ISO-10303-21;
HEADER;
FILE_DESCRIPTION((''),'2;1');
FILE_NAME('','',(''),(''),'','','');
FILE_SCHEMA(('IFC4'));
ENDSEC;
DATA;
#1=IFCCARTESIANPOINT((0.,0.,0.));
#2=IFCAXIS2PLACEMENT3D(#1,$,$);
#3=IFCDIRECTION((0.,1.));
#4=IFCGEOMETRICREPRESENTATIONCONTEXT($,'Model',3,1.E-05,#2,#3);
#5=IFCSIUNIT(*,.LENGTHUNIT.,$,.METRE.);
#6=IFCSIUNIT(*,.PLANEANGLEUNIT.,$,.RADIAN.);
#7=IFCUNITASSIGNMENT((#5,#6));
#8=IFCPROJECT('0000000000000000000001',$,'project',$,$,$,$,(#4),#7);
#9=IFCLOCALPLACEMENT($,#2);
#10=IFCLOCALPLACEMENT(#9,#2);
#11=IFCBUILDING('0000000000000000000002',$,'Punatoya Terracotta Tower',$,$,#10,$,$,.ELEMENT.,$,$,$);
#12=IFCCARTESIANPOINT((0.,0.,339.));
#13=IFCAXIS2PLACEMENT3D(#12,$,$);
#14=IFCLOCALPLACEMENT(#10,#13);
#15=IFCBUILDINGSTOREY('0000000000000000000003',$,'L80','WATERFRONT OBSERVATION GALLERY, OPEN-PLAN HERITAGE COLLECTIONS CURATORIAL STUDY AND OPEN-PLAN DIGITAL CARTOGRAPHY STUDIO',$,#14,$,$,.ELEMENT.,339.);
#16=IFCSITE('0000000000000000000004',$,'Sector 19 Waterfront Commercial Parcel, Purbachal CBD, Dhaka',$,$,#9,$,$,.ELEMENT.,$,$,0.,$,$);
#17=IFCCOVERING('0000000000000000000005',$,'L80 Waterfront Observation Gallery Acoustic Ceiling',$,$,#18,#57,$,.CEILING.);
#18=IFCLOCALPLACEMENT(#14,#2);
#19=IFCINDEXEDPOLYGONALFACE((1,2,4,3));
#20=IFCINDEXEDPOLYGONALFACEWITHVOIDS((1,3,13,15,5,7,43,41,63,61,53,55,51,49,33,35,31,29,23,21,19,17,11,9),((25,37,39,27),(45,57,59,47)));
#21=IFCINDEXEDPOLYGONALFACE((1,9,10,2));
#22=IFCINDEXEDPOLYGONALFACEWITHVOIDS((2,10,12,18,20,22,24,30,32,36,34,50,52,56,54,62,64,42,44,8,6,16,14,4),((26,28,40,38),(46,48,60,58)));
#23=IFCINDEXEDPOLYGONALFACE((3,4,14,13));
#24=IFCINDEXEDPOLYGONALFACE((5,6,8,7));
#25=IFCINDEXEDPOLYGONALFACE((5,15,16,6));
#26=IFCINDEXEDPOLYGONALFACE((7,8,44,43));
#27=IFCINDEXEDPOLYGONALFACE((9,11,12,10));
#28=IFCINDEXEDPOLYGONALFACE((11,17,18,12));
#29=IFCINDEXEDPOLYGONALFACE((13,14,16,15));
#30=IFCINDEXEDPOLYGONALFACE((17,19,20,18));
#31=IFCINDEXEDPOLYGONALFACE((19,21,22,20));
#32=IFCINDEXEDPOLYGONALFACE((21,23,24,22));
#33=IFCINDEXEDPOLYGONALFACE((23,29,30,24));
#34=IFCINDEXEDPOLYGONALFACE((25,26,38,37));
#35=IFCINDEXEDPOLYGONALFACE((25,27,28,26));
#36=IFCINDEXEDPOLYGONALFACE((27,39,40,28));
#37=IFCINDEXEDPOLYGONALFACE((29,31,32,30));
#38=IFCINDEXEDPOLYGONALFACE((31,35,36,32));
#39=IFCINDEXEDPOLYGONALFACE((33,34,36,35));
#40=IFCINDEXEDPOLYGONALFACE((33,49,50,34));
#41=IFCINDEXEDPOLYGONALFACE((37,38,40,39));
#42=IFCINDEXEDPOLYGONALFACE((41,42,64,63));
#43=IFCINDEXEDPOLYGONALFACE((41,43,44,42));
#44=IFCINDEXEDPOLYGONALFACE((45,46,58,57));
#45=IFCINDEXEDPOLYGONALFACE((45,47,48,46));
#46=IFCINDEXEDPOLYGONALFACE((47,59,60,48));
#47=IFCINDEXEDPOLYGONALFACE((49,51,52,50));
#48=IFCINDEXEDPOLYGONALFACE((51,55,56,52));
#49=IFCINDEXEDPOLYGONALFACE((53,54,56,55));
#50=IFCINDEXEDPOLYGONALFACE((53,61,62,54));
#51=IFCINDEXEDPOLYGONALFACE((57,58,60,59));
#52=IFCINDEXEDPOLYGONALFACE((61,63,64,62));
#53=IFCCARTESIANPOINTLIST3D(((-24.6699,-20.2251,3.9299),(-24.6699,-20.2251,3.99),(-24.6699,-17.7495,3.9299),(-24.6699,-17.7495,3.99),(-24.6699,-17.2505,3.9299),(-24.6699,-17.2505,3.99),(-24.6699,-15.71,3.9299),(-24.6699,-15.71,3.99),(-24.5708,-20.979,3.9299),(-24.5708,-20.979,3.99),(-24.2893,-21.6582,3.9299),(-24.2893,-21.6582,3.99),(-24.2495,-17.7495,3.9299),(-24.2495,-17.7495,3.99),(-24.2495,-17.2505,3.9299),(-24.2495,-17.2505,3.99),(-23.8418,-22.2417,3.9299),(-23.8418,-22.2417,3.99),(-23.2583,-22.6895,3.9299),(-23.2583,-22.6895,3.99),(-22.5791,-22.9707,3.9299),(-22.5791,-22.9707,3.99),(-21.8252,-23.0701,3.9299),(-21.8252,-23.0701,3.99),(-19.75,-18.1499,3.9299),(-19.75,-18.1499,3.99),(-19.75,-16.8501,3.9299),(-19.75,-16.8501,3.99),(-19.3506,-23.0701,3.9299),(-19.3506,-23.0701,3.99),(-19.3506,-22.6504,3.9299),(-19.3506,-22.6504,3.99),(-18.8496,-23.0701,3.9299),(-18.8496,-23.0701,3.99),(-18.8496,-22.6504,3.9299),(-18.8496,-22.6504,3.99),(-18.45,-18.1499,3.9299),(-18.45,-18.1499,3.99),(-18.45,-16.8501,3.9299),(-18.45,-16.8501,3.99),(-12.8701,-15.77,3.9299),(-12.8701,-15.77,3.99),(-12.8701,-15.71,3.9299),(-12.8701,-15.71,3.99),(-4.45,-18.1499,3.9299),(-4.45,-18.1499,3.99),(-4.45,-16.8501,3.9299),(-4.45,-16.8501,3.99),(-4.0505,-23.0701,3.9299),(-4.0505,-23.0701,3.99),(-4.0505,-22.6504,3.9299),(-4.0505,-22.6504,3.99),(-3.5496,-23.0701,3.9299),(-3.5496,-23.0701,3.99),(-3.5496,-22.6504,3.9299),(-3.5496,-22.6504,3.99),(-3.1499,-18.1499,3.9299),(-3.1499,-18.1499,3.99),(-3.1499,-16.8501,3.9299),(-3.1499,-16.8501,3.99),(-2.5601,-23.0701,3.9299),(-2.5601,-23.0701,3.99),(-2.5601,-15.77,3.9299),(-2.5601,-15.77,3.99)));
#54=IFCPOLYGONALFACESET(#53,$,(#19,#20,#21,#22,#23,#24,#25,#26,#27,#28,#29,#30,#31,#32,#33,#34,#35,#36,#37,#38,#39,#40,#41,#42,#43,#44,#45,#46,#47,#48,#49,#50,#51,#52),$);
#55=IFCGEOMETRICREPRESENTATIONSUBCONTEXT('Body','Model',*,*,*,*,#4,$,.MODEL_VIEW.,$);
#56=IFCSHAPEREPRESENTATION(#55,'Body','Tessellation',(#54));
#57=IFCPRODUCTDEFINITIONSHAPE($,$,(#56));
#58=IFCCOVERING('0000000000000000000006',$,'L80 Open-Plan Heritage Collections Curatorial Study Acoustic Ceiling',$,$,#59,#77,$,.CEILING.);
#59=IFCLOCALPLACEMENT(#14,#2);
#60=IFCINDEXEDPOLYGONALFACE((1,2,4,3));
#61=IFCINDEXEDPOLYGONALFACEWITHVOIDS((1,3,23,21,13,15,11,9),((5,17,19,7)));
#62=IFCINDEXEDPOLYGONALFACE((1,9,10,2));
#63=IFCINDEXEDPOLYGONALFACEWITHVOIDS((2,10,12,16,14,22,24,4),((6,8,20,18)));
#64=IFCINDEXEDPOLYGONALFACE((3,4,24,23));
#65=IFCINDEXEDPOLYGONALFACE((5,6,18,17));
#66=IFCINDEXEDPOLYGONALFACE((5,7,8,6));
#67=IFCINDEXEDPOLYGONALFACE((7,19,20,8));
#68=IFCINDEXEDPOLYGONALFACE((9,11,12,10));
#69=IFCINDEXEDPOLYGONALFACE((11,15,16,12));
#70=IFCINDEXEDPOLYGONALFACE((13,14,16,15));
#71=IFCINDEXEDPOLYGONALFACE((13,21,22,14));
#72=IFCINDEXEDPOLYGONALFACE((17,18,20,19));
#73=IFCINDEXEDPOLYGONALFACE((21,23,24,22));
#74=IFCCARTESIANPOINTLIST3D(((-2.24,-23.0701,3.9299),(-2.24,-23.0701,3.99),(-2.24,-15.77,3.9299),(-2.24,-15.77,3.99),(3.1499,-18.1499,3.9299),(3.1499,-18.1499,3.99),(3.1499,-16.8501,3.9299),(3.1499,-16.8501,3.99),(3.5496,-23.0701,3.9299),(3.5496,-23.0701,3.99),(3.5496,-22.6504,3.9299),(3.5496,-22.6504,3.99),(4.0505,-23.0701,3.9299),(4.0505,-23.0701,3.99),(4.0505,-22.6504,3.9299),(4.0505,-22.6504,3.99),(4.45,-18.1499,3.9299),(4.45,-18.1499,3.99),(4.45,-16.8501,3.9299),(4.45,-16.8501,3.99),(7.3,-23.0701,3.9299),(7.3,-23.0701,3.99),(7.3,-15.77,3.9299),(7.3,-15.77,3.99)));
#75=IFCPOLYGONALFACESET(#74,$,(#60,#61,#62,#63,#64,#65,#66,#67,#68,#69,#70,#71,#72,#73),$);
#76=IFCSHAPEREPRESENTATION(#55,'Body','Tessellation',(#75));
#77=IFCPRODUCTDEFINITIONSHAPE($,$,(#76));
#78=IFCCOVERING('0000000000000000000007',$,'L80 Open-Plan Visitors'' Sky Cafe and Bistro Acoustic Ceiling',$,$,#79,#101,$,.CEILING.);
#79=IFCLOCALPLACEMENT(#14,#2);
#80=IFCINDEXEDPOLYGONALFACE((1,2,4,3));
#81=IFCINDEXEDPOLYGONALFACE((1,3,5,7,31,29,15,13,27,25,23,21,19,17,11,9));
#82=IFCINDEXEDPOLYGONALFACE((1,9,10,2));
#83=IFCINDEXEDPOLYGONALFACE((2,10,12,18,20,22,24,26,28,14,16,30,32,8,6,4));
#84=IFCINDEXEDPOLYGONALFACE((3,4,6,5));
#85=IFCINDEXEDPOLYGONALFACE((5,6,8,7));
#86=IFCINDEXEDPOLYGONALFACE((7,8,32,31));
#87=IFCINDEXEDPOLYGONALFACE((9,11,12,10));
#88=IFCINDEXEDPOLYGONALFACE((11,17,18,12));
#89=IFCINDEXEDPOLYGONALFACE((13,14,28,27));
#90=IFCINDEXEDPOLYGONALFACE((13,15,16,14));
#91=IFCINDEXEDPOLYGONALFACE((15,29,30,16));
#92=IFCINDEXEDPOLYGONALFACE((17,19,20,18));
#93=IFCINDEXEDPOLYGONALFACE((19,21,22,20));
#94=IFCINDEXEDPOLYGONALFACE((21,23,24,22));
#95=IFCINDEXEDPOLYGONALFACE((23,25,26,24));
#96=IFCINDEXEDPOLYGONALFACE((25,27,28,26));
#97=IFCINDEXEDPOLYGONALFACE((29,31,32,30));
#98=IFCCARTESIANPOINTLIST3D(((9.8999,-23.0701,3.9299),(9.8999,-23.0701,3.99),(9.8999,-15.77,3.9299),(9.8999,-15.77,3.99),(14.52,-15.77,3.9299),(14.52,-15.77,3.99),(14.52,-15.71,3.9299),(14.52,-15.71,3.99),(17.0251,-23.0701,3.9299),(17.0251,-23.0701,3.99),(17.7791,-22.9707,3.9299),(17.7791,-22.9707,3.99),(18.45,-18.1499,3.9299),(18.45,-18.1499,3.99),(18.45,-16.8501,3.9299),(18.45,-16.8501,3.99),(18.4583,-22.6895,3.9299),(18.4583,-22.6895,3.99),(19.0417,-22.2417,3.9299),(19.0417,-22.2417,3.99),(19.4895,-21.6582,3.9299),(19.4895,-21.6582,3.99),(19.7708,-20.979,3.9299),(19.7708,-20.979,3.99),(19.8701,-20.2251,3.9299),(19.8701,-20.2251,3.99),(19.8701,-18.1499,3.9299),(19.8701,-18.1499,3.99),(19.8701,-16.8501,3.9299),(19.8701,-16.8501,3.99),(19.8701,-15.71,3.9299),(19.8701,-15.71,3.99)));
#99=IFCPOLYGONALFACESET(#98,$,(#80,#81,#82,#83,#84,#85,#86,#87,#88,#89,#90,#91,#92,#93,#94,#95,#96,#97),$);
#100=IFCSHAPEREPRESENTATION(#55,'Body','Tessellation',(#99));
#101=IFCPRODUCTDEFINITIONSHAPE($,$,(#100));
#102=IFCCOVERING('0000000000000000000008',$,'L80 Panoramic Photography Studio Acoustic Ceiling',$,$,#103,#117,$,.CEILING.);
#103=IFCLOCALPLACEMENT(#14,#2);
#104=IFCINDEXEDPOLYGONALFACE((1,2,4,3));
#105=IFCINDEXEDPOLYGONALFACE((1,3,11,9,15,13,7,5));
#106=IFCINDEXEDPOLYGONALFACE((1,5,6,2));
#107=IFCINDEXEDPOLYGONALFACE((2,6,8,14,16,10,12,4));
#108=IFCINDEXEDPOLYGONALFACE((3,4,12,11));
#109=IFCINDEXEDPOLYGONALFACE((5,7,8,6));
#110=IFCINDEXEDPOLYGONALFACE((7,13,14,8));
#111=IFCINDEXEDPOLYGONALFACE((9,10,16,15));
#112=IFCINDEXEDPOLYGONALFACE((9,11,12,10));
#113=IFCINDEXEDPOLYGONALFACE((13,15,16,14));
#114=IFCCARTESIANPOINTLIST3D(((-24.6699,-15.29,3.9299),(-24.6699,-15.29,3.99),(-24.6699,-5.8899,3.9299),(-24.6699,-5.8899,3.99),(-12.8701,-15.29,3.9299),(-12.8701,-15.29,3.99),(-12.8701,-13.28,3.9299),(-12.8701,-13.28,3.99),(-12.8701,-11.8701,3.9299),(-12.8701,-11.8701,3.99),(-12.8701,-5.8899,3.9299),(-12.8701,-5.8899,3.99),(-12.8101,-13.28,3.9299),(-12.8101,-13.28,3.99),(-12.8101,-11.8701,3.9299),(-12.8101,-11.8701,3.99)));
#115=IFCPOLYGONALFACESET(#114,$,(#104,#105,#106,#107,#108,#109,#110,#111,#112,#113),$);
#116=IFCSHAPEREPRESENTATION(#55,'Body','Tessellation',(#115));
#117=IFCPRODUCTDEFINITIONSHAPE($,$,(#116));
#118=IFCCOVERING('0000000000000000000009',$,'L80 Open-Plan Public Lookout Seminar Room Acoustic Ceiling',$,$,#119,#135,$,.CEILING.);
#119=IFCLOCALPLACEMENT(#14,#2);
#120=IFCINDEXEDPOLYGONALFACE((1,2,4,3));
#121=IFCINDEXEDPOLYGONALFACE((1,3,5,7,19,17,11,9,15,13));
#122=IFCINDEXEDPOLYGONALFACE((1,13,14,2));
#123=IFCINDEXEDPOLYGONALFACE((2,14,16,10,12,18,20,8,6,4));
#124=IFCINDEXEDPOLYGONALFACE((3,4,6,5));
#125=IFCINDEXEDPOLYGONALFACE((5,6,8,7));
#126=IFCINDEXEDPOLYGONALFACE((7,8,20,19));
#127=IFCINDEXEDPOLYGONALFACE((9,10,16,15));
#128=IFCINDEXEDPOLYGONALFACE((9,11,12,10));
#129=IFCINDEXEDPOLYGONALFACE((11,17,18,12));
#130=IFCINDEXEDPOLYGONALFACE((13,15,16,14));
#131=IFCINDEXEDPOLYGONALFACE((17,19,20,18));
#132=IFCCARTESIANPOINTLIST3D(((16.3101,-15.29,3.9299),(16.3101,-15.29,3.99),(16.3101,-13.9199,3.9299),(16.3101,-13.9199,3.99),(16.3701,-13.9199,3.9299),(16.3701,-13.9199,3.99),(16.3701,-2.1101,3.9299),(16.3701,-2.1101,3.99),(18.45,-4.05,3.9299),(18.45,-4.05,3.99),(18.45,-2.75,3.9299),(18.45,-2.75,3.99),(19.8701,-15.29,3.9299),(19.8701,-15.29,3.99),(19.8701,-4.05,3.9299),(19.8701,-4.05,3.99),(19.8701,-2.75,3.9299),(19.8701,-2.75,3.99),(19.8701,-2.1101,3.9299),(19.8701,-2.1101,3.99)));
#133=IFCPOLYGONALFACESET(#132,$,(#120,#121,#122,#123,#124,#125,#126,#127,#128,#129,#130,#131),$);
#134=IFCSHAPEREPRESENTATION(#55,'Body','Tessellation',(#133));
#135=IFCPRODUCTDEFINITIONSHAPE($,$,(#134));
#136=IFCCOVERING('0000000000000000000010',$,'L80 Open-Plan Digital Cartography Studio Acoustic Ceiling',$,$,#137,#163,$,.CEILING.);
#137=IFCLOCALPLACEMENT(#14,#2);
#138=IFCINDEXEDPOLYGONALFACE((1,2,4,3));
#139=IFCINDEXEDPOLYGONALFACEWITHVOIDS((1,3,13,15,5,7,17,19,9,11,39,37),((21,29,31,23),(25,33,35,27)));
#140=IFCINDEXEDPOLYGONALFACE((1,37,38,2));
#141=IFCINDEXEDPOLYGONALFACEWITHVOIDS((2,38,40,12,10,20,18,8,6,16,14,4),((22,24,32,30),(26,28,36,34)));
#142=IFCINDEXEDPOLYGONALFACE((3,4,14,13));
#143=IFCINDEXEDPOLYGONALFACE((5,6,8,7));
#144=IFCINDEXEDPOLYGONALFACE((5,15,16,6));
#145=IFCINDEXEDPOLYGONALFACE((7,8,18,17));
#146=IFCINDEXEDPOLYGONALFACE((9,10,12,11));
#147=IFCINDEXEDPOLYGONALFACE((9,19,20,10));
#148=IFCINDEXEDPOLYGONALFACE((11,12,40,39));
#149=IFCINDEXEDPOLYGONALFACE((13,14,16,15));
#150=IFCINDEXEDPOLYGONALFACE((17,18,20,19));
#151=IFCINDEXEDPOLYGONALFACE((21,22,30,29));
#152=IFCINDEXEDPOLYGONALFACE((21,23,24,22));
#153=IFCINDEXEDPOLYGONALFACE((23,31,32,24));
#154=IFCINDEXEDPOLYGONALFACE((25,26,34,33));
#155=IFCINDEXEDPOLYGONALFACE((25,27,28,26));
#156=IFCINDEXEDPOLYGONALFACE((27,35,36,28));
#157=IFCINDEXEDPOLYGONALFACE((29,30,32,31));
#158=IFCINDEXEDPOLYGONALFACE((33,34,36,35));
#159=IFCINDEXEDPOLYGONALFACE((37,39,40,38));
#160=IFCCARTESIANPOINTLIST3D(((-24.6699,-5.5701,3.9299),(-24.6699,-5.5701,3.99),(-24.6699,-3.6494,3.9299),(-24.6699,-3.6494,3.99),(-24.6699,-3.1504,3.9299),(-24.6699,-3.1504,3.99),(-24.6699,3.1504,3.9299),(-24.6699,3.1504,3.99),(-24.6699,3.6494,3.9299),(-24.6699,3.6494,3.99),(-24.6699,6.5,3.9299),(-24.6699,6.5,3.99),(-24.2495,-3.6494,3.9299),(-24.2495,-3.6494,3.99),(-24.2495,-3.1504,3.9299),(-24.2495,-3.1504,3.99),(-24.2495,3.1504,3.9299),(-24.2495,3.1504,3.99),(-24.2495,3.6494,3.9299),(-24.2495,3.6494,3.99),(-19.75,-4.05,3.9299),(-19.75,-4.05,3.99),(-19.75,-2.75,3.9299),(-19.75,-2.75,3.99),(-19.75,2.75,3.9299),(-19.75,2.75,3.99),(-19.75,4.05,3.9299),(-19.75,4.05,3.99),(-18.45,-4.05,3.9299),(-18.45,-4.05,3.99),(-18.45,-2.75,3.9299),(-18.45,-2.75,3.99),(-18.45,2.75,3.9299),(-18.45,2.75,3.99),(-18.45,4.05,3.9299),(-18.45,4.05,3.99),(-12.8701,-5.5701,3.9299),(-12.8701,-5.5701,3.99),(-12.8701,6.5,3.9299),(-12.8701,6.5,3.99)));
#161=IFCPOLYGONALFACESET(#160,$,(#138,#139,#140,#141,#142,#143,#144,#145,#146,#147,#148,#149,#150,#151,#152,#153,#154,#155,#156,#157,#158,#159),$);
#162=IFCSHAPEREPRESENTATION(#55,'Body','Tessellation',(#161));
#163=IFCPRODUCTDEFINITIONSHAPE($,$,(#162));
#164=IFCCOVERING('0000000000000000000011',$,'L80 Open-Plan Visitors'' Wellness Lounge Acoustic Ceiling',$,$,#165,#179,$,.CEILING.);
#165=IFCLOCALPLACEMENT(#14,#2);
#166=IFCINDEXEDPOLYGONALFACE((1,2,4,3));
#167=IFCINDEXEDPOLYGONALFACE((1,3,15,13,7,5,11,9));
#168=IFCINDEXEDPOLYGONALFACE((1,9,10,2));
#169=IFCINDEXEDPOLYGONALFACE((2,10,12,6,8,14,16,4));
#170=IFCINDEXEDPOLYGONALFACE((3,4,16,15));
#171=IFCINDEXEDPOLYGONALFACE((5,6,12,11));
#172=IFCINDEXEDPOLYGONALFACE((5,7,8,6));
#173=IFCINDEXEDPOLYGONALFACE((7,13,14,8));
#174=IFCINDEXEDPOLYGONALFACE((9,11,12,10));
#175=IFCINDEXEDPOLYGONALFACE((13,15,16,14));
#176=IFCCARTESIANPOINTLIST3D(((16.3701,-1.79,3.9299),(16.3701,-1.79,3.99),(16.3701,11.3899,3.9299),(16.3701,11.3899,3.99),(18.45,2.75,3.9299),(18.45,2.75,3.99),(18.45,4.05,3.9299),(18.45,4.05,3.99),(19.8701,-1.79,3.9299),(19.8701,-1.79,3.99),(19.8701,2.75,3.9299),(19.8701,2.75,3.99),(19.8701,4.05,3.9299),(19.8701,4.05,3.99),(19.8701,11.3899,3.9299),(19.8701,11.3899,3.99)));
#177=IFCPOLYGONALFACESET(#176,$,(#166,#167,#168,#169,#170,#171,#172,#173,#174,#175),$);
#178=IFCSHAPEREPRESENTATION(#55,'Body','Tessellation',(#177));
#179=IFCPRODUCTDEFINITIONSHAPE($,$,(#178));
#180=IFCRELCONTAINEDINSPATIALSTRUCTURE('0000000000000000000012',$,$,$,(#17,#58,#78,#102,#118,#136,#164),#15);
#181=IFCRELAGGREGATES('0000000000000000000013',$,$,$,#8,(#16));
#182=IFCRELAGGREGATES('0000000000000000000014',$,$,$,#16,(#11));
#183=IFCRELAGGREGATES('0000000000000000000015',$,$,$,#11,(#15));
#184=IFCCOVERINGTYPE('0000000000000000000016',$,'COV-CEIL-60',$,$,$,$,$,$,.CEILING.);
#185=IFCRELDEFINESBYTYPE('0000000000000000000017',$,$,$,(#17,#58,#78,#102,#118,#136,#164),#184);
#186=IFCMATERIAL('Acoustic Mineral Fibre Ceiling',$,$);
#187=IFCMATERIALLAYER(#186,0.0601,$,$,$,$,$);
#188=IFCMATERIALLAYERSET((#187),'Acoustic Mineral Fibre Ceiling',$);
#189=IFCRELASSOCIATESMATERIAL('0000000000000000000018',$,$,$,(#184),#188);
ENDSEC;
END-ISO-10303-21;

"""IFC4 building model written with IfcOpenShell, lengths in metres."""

from ifc_helpers import new_model, si_unit, direction, frame, origin, place, context, subcontext, project, spatial, polyline, outline, extrude, material, layer, layer_set, type_object, element, save


model = new_model("IFC4")

# Units and contexts
model_context = context("Model", 3, precision=1e-05, world=origin(), true_north=direction((0.0, 1.0)))
body_context = subcontext(model_context, "Body", "Model", "MODEL_VIEW")
ifc_project = project(units=[si_unit("LENGTHUNIT", "METRE"), si_unit("PLANEANGLEUNIT", "RADIAN")], contexts=[model_context])

# Site, building, storey
site_placement = place(None, origin())
site = spatial("IfcSite", under=ifc_project, at=site_placement, Name="Sector 19 Waterfront Commercial Parcel, Purbachal CBD, Dhaka", CompositionType="ELEMENT", RefElevation=0.0)
building_placement = place(site_placement, origin())
building = spatial("IfcBuilding", under=site, at=building_placement, Name="Punatoya Terracotta Tower", CompositionType="ELEMENT")
storey_placement = place(building_placement, frame((0.0, 0.0, 339.0)))
storey = spatial("IfcBuildingStorey", under=building, at=storey_placement, Name="L80", Description="WATERFRONT OBSERVATION GALLERY, OPEN-PLAN HERITAGE COLLECTIONS CURATORIAL STUDY AND OPEN-PLAN DIGITAL CARTOGRAPHY STUDIO", CompositionType="ELEMENT", Elevation=339.0)

# Coverings
ifc_material_1 = material(Name="Acoustic Mineral Fibre Ceiling")
ifc_layer_1 = layer(ifc_material_1, 0.0601)
ifc_layer_set_1 = layer_set([ifc_layer_1], Name="Acoustic Mineral Fibre Ceiling")
covering_type_1 = type_object("IfcCoveringType", Name="COV-CEIL-60", PredefinedType="CEILING", material=ifc_layer_set_1)
covering_1_placement = place(storey_placement, frame((0.0, 0.0, 3.9299)))
element("IfcCovering", 1, at=covering_1_placement, inside=storey, type_object=covering_type_1, Name="L80 Waterfront Observation Gallery Acoustic Ceiling", PredefinedType="CEILING", context=body_context, shape_type="SweptSolid", body=[
    extrude(outline(polyline([(-12.8701, -15.77), (-12.8701, -15.71), (-24.6699, -15.71), (-24.6699, -17.2505), (-24.2495, -17.2505), (-24.2495, -17.7495), (-24.6699, -17.7495), (-24.6699, -20.2251), (-24.5708, -20.979), (-24.2893, -21.6582), (-23.8418, -22.2417), (-23.2583, -22.6895), (-22.5791, -22.9707), (-21.8252, -23.0701), (-19.3506, -23.0701), (-19.3506, -22.6504), (-18.8496, -22.6504), (-18.8496, -23.0701), (-4.0505, -23.0701), (-4.0505, -22.6504), (-3.5496, -22.6504), (-3.5496, -23.0701), (-2.5601, -23.0701), (-2.5601, -15.77), (-12.8701, -15.77)]), holes=[polyline([(-4.45, -16.8501), (-3.1499, -16.8501), (-3.1499, -18.1499), (-4.45, -18.1499), (-4.45, -16.8501)]), polyline([(-19.75, -18.1499), (-19.75, -16.8501), (-18.45, -16.8501), (-18.45, -18.1499), (-19.75, -18.1499)])]), origin(), (0.0, 0.0, 1.0), 0.0601),
])
covering_2_placement = place(storey_placement, frame((0.0, 0.0, 3.9299)))
element("IfcCovering", 2, at=covering_2_placement, inside=storey, type_object=covering_type_1, Name="L80 Open-Plan Heritage Collections Curatorial Study Acoustic Ceiling", PredefinedType="CEILING", context=body_context, shape_type="SweptSolid", body=[
    extrude(outline(polyline([(3.5496, -22.6504), (4.0505, -22.6504), (4.0505, -23.0701), (7.3, -23.0701), (7.3, -15.77), (-2.24, -15.77), (-2.24, -23.0701), (3.5496, -23.0701), (3.5496, -22.6504)]), holes=[polyline([(4.45, -16.8501), (4.45, -18.1499), (3.1499, -18.1499), (3.1499, -16.8501), (4.45, -16.8501)])]), origin(), (0.0, 0.0, 1.0), 0.0601),
])
covering_3_placement = place(storey_placement, frame((0.0, 0.0, 3.9299)))
element("IfcCovering", 3, at=covering_3_placement, inside=storey, type_object=covering_type_1, Name="L80 Open-Plan Visitors' Sky Cafe and Bistro Acoustic Ceiling", PredefinedType="CEILING", context=body_context, shape_type="SweptSolid", body=[
    extrude(outline(polyline([(14.52, -15.77), (9.8999, -15.77), (9.8999, -23.0701), (17.0251, -23.0701), (17.7791, -22.9707), (18.4583, -22.6895), (19.0417, -22.2417), (19.4895, -21.6582), (19.7708, -20.979), (19.8701, -20.2251), (19.8701, -18.1499), (18.45, -18.1499), (18.45, -16.8501), (19.8701, -16.8501), (19.8701, -15.71), (14.52, -15.71), (14.52, -15.77)])), origin(), (0.0, 0.0, 1.0), 0.0601),
])
covering_4_placement = place(storey_placement, frame((0.0, 0.0, 3.9299)))
element("IfcCovering", 4, at=covering_4_placement, inside=storey, type_object=covering_type_1, Name="L80 Panoramic Photography Studio Acoustic Ceiling", PredefinedType="CEILING", context=body_context, shape_type="SweptSolid", body=[
    extrude(outline(polyline([(-12.8701, -13.28), (-12.8101, -13.28), (-12.8101, -11.8701), (-12.8701, -11.8701), (-12.8701, -5.8899), (-24.6699, -5.8899), (-24.6699, -15.29), (-12.8701, -15.29), (-12.8701, -13.28)])), origin(), (0.0, 0.0, 1.0), 0.0601),
])
covering_5_placement = place(storey_placement, frame((0.0, 0.0, 3.9299)))
element("IfcCovering", 5, at=covering_5_placement, inside=storey, type_object=covering_type_1, Name="L80 Open-Plan Public Lookout Seminar Room Acoustic Ceiling", PredefinedType="CEILING", context=body_context, shape_type="SweptSolid", body=[
    extrude(outline(polyline([(16.3101, -13.9199), (16.3101, -15.29), (19.8701, -15.29), (19.8701, -4.05), (18.45, -4.05), (18.45, -2.75), (19.8701, -2.75), (19.8701, -2.1101), (16.3701, -2.1101), (16.3701, -13.9199), (16.3101, -13.9199)])), origin(), (0.0, 0.0, 1.0), 0.0601),
])
covering_6_placement = place(storey_placement, frame((0.0, 0.0, 3.9299)))
element("IfcCovering", 6, at=covering_6_placement, inside=storey, type_object=covering_type_1, Name="L80 Open-Plan Digital Cartography Studio Acoustic Ceiling", PredefinedType="CEILING", context=body_context, shape_type="SweptSolid", body=[
    extrude(outline(polyline([(-24.6699, -3.6494), (-24.6699, -5.5701), (-12.8701, -5.5701), (-12.8701, 6.5), (-24.6699, 6.5), (-24.6699, 3.6494), (-24.2495, 3.6494), (-24.2495, 3.1504), (-24.6699, 3.1504), (-24.6699, -3.1504), (-24.2495, -3.1504), (-24.2495, -3.6494), (-24.6699, -3.6494)]), holes=[polyline([(-18.45, -4.05), (-19.75, -4.05), (-19.75, -2.75), (-18.45, -2.75), (-18.45, -4.05)]), polyline([(-18.45, 4.05), (-18.45, 2.75), (-19.75, 2.75), (-19.75, 4.05), (-18.45, 4.05)])]), origin(), (0.0, 0.0, 1.0), 0.0601),
])
covering_7_placement = place(storey_placement, frame((0.0, 0.0, 3.9299)))
element("IfcCovering", 7, at=covering_7_placement, inside=storey, type_object=covering_type_1, Name="L80 Open-Plan Visitors' Wellness Lounge Acoustic Ceiling", PredefinedType="CEILING", context=body_context, shape_type="SweptSolid", body=[
    extrude(outline(polyline([(18.45, 4.05), (19.8701, 4.05), (19.8701, 11.3899), (16.3701, 11.3899), (16.3701, -1.79), (19.8701, -1.79), (19.8701, 2.75), (18.45, 2.75), (18.45, 4.05)])), origin(), (0.0, 0.0, 1.0), 0.0601),
])

save(model, "model.ifc")
